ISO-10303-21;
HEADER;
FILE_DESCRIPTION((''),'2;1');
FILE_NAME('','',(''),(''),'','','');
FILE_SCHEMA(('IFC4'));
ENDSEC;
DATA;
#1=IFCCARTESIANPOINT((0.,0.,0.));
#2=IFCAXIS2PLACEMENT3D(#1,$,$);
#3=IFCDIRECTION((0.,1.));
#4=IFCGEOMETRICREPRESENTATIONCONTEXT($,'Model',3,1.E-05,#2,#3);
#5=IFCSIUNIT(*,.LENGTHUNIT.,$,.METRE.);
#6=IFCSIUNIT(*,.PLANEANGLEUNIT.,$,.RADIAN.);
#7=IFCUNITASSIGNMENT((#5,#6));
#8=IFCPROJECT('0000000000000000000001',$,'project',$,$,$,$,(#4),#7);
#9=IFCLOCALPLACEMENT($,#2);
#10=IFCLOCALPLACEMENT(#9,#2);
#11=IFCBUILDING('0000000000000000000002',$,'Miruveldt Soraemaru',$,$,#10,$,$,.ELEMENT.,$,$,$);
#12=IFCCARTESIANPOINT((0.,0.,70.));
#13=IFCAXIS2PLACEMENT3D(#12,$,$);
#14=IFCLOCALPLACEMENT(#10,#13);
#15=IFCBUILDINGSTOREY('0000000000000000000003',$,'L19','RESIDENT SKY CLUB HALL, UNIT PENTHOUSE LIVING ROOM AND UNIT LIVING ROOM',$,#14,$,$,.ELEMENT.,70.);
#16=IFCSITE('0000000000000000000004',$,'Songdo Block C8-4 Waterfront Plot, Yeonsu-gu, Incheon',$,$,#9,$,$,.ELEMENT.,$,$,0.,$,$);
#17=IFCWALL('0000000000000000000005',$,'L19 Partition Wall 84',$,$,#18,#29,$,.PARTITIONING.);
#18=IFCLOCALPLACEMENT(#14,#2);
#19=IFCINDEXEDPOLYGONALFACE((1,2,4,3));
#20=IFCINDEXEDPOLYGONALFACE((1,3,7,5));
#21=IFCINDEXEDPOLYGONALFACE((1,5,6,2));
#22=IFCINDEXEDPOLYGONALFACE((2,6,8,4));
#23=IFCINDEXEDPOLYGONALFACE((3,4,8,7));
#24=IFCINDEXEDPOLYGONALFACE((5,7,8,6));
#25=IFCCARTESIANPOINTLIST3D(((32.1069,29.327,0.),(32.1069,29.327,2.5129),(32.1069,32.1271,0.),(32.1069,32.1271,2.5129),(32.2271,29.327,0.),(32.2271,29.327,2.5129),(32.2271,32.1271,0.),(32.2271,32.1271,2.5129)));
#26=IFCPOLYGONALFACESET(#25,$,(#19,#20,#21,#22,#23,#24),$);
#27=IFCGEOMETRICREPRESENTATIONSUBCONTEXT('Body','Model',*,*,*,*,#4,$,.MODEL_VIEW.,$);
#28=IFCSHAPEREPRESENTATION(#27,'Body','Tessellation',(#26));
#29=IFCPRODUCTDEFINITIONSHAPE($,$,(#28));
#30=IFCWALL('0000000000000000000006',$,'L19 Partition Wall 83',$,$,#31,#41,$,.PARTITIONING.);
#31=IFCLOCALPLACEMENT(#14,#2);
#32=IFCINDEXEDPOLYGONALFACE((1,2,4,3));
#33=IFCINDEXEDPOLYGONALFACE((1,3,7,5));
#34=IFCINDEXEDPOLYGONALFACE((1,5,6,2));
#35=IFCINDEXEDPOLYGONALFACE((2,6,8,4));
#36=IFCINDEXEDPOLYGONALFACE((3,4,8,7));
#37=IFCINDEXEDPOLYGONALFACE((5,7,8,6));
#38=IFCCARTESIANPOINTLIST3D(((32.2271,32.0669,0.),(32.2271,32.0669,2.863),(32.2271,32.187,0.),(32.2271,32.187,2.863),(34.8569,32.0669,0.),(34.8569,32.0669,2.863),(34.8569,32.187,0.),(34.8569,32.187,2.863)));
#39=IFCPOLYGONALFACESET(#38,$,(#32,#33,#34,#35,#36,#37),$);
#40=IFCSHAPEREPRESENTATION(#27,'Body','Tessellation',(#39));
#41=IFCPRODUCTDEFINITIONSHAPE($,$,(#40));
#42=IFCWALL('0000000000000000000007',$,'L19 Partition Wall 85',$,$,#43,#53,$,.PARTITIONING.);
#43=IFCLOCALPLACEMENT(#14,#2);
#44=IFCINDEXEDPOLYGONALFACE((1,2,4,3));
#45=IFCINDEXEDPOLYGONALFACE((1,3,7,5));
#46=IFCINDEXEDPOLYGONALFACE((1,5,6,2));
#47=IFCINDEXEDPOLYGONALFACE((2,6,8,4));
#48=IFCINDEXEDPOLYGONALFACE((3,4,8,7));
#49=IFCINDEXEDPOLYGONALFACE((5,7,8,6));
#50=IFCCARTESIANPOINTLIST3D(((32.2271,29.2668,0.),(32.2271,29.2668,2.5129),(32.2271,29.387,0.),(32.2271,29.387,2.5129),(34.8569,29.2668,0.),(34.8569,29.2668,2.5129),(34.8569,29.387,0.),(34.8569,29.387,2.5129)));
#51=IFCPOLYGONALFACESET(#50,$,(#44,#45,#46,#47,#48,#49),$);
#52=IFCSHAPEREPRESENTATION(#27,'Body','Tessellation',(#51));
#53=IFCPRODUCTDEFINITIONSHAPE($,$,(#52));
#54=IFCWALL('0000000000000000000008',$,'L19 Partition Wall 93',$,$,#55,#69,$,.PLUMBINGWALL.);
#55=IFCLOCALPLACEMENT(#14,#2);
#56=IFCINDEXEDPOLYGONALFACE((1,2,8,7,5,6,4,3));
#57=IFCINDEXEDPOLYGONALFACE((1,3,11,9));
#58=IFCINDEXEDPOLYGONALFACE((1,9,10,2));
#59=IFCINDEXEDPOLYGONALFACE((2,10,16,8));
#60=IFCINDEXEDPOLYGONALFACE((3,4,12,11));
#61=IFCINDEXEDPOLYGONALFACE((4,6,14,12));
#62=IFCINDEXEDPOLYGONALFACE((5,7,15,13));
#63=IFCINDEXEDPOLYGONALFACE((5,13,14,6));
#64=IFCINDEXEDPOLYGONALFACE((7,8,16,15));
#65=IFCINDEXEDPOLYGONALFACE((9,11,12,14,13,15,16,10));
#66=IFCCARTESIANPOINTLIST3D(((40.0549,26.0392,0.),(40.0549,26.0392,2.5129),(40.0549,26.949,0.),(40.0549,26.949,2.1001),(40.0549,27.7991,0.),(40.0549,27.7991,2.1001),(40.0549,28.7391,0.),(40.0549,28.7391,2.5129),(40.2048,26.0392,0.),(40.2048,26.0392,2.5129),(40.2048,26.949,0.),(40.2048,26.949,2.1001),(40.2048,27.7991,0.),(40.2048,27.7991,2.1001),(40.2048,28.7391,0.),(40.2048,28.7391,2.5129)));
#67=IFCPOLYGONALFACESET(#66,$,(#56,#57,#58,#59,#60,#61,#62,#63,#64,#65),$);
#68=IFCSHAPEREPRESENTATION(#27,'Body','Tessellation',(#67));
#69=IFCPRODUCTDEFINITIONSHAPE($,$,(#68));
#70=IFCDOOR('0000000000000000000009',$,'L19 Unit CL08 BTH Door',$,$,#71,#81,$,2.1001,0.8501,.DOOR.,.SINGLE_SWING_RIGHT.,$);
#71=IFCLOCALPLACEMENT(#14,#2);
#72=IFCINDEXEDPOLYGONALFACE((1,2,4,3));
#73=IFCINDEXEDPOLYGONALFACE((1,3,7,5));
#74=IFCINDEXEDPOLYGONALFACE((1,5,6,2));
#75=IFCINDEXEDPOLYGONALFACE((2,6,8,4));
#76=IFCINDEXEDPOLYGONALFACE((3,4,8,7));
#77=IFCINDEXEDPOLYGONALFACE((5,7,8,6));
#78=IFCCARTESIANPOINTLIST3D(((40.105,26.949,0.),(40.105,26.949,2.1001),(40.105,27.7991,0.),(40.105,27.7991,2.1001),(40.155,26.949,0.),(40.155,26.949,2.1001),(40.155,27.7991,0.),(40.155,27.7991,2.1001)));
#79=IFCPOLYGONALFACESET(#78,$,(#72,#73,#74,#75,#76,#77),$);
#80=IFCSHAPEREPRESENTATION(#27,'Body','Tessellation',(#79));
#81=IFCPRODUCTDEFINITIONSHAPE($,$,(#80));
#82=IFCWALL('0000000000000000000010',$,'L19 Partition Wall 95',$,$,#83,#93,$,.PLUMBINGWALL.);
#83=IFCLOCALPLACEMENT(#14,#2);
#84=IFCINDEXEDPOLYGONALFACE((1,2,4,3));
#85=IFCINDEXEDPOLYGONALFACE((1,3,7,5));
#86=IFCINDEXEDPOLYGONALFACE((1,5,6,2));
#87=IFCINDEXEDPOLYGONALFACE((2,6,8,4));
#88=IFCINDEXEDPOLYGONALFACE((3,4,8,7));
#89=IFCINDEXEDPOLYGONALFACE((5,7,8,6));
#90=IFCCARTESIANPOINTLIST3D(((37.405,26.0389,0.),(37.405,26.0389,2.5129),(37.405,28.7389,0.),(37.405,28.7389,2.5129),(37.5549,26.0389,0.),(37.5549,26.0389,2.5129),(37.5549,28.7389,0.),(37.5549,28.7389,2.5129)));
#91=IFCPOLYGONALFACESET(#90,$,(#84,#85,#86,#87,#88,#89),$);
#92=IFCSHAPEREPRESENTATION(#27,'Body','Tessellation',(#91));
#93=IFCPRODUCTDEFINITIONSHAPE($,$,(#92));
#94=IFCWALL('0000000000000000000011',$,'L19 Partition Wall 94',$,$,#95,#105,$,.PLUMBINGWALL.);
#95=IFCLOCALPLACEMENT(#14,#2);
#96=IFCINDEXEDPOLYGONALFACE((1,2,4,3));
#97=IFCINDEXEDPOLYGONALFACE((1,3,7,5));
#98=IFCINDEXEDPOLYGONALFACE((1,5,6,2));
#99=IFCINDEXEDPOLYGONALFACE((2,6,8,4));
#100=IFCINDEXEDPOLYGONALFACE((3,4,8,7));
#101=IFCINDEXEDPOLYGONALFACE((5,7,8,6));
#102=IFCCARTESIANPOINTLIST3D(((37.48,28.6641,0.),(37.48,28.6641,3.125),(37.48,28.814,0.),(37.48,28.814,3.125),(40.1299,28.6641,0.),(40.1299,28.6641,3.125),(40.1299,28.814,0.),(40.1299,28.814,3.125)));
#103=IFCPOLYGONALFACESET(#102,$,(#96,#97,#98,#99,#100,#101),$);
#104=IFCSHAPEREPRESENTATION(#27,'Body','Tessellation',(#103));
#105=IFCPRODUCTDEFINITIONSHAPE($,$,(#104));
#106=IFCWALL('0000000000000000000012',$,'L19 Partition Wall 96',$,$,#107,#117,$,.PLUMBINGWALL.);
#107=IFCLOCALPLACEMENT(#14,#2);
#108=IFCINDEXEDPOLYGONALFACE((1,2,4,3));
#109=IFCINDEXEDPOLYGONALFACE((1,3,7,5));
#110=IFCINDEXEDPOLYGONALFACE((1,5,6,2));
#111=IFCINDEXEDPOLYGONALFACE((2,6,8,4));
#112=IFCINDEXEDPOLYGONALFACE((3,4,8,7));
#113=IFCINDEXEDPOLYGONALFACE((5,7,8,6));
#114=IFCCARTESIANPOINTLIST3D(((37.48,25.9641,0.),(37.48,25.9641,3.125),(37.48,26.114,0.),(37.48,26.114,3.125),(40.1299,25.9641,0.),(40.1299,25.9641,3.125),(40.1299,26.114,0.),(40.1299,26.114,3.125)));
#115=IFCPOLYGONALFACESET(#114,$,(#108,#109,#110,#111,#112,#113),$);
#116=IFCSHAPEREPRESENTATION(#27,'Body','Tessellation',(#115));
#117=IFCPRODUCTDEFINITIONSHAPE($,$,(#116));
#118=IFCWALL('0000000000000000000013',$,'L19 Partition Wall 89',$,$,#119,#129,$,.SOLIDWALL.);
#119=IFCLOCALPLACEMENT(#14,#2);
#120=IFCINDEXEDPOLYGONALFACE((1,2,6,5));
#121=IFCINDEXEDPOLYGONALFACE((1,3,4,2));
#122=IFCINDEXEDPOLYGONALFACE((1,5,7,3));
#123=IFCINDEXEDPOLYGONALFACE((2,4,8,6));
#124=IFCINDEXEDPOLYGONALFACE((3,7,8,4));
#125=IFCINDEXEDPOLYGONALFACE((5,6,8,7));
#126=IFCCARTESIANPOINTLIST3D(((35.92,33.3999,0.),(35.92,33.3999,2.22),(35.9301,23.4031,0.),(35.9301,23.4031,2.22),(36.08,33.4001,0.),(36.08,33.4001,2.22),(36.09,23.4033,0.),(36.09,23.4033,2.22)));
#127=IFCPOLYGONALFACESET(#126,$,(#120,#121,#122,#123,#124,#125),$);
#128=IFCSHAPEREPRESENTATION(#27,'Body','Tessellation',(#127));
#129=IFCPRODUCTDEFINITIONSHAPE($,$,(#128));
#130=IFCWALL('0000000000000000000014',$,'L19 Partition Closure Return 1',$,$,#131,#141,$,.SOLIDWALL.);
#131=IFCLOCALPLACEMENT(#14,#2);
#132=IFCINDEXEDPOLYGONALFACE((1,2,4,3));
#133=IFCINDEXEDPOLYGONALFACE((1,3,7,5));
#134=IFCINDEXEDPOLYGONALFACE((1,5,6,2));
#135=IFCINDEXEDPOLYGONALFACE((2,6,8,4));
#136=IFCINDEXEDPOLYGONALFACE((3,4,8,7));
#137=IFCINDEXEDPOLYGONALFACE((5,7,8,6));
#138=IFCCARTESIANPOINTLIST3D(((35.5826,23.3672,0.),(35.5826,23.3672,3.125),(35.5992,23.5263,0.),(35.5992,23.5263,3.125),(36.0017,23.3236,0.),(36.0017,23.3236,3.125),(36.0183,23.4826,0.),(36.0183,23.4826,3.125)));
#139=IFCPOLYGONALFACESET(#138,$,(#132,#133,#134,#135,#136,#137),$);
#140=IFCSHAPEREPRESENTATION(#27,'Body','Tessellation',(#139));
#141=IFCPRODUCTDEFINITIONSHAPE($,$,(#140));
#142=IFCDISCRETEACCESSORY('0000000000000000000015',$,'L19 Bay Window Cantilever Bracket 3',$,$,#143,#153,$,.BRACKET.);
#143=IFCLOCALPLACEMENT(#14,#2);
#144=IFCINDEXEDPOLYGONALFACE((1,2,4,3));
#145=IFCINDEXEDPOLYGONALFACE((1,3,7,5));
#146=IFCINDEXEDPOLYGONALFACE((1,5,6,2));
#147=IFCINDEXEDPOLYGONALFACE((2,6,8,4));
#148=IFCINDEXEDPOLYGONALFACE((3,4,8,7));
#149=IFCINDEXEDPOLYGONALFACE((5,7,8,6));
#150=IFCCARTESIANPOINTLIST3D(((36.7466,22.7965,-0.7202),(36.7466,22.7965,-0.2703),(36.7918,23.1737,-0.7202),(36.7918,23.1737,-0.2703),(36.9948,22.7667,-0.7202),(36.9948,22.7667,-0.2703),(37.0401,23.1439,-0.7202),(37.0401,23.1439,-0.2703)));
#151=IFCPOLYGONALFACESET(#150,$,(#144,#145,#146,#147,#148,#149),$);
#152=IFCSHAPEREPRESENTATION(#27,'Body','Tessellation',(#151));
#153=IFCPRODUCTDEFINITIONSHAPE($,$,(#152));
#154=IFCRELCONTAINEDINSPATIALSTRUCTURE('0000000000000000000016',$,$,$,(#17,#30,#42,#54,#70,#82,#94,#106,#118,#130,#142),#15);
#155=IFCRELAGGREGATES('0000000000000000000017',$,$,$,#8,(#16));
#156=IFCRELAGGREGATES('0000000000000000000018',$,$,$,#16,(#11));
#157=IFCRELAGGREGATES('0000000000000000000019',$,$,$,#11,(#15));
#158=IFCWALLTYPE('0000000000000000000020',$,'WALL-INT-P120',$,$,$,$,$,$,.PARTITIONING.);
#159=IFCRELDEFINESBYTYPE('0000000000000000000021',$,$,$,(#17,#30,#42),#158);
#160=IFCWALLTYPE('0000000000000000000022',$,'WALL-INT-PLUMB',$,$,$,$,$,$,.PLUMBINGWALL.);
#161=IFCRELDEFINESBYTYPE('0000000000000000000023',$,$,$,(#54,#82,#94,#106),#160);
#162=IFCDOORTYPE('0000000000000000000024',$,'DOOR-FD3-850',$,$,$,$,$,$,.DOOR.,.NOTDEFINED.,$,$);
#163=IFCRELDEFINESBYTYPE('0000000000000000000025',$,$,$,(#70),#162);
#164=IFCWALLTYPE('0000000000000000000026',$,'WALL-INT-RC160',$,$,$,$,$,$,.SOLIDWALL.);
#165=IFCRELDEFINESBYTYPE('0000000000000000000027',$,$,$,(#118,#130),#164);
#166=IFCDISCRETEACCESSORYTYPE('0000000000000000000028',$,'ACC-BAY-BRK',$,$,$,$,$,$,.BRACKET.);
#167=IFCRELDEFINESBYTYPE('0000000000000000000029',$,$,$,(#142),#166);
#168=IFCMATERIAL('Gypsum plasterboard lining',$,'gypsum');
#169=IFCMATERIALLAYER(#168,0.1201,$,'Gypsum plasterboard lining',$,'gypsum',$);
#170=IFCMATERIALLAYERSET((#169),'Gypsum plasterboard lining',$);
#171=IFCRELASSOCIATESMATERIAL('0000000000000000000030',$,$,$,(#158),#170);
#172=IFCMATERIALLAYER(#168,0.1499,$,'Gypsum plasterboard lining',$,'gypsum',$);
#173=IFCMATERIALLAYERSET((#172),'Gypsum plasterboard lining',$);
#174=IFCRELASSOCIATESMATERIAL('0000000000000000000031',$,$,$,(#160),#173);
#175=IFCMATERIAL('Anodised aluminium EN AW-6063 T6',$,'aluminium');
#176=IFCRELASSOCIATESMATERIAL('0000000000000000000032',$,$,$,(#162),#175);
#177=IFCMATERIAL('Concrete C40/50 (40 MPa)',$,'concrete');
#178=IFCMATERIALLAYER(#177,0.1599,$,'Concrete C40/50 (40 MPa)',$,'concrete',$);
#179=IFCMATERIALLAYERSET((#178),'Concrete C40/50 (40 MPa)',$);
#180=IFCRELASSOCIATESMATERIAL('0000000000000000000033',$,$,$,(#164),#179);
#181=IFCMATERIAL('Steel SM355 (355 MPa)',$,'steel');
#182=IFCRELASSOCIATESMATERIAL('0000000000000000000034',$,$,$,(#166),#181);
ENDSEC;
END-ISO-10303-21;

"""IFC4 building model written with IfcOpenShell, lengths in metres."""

from ifc_helpers import new_model, si_unit, direction, frame, frame_2d, origin, origin_2d, place, context, subcontext, project, spatial, rectangle, extrude, material, layer, layer_set, type_object, element, fill, save


model = new_model("IFC4")

# Units and contexts
model_context = context("Model", 3, precision=1e-05, world=origin(), true_north=direction((0.0, 1.0)))
body_context = subcontext(model_context, "Body", "Model", "MODEL_VIEW")
ifc_project = project(units=[si_unit("LENGTHUNIT", "METRE"), si_unit("PLANEANGLEUNIT", "RADIAN")], contexts=[model_context])

# Site, building, storey
site_placement = place(None, origin())
site = spatial("IfcSite", under=ifc_project, at=site_placement, Name="Songdo Block C8-4 Waterfront Plot, Yeonsu-gu, Incheon", CompositionType="ELEMENT", RefElevation=0.0)
building_placement = place(site_placement, origin())
building = spatial("IfcBuilding", under=site, at=building_placement, Name="Miruveldt Soraemaru", CompositionType="ELEMENT")
storey_placement = place(building_placement, frame((0.0, 0.0, 70.0)))
storey = spatial("IfcBuildingStorey", under=building, at=storey_placement, Name="L19", Description="RESIDENT SKY CLUB HALL, UNIT PENTHOUSE LIVING ROOM AND UNIT LIVING ROOM", CompositionType="ELEMENT", Elevation=70.0)

# Shared definitions
ifc_material_1 = material(Name="Anodised aluminium EN AW-6063 T6", Category="aluminium")

# Shared definitions
ifc_material_2 = material(Name="Gypsum plasterboard lining", Category="gypsum")
ifc_layer_1 = layer(ifc_material_2, 0.1201, Name="Gypsum plasterboard lining", Category="gypsum")
ifc_layer_set_1 = layer_set([ifc_layer_1], Name="Gypsum plasterboard lining")
wall_type_1 = type_object("IfcWallType", Name="WALL-INT-P120", PredefinedType="PARTITIONING", material=ifc_layer_set_1)

# Walls
wall_1_placement = place(storey_placement, frame((32.167, 32.127, 0.0), z_axis=(0.0, 0.0, 1.0), x_axis=(0.0, -1.0, 0.0)))
element("IfcWall", 1, at=wall_1_placement, inside=storey, type_object=wall_type_1, Name="L19 Partition Wall 84", PredefinedType="PARTITIONING", context=body_context, shape_type="SweptSolid", body=[
    extrude(rectangle(XDim=2.8, YDim=0.1201, at=frame_2d((1.3999, 0.0))), origin(), (0.0, 0.0, 1.0), 2.5129),
])
wall_2_placement = place(storey_placement, frame((34.8569, 32.127, 0.0), z_axis=(0.0, 0.0, 1.0), x_axis=(-1.0, 0.0, 0.0)))
element("IfcWall", 2, at=wall_2_placement, inside=storey, type_object=wall_type_1, Name="L19 Partition Wall 83", PredefinedType="PARTITIONING", context=body_context, shape_type="SweptSolid", body=[
    extrude(rectangle(XDim=2.6299, YDim=0.1201, at=frame_2d((1.3149, 0.0))), origin(), (0.0, 0.0, 1.0), 2.863),
])
wall_3_placement = place(storey_placement, frame((32.2271, 29.3269, 0.0), z_axis=(0.0, 0.0, 1.0), x_axis=(1.0, 0.0, 0.0)))
element("IfcWall", 3, at=wall_3_placement, inside=storey, type_object=wall_type_1, Name="L19 Partition Wall 85", PredefinedType="PARTITIONING", context=body_context, shape_type="SweptSolid", body=[
    extrude(rectangle(XDim=2.6299, YDim=0.1201, at=frame_2d((1.3149, 0.0))), origin(), (0.0, 0.0, 1.0), 2.5129),
])

# Wall, opening, door
ifc_layer_2 = layer(ifc_material_2, 0.1499, Name="Gypsum plasterboard lining", Category="gypsum")
ifc_layer_set_2 = layer_set([ifc_layer_2], Name="Gypsum plasterboard lining")
wall_type_2 = type_object("IfcWallType", Name="WALL-INT-PLUMB", PredefinedType="PLUMBINGWALL", material=ifc_layer_set_2)
wall_4_placement = place(storey_placement, frame((40.1299, 26.0391, 0.0), z_axis=(0.0, 0.0, 1.0), x_axis=(0.0, 1.0, 0.0)))
wall_4 = element("IfcWall", 4, at=wall_4_placement, inside=storey, type_object=wall_type_2, Name="L19 Partition Wall 93", PredefinedType="PLUMBINGWALL", context=body_context, shape_type="SweptSolid", body=[
    extrude(rectangle(XDim=2.7, YDim=0.1499, at=frame_2d((1.3501, 0.0))), origin(), (0.0, 0.0, 1.0), 2.5129),
])
opening_1_placement = place(wall_4_placement, frame((0.9099, 0.0, 0.0)))
opening_1 = element("IfcOpeningElement", 5, at=opening_1_placement, cuts=wall_4, PredefinedType="OPENING", context=body_context, shape_type="SweptSolid", body=[
    extrude(rectangle(XDim=0.8501, YDim=2.1001, at=frame_2d((0.425, 1.05))), frame((0.0, 0.085, 0.0), z_axis=(0.0, -1.0, 0.0), x_axis=(1.0, 0.0, 0.0)), (0.0, 0.0, 1.0), 0.1699),
])
door_type_1 = type_object("IfcDoorType", Name="DOOR-FD3-850", OperationType="NOTDEFINED", PredefinedType="DOOR", material=ifc_material_1)
door_1_placement = place(opening_1_placement, origin())
door_1 = element("IfcDoor", 6, at=door_1_placement, inside=storey, type_object=door_type_1, Name="L19 Unit CL08 BTH Door", OperationType="SINGLE_SWING_RIGHT", OverallHeight=2.1001, OverallWidth=0.8501, PredefinedType="DOOR", context=body_context, shape_type="SweptSolid", body=[
    extrude(rectangle(XDim=0.8501, YDim=2.1001, at=frame_2d((0.425, 1.05))), frame((0.0, 0.0249, 0.0), z_axis=(0.0, -1.0, 0.0), x_axis=(1.0, 0.0, 0.0)), (0.0, 0.0, 1.0), 0.05),
])
fill(opening_1, door_1)

# Walls
wall_5_placement = place(storey_placement, frame((37.48, 28.739, 0.0), z_axis=(0.0, 0.0, 1.0), x_axis=(0.0, -1.0, 0.0)))
element("IfcWall", 7, at=wall_5_placement, inside=storey, type_object=wall_type_2, Name="L19 Partition Wall 95", PredefinedType="PLUMBINGWALL", context=body_context, shape_type="SweptSolid", body=[
    extrude(rectangle(XDim=2.7, YDim=0.1499, at=frame_2d((1.3501, 0.0))), origin(), (0.0, 0.0, 1.0), 2.5129),
])
for number, where, z_axis, x_axis, name in (
    (8, (40.1299, 28.739, 0.0), (0.0, 0.0, 1.0), (-1.0, 0.0, 0.0), "L19 Partition Wall 94"),
    (9, (37.48, 26.0391, 0.0), (0.0, 0.0, 1.0), (1.0, 0.0, 0.0), "L19 Partition Wall 96"),
):
    element("IfcWall", number, at=place(storey_placement, frame(where, z_axis=z_axis, x_axis=x_axis)), inside=storey, type_object=wall_type_2, Name=name, PredefinedType="PLUMBINGWALL", context=body_context, shape_type="SweptSolid", body=[
        extrude(rectangle(XDim=2.6499, YDim=0.1499, at=frame_2d((1.325, 0.0))), origin(), (0.0, 0.0, 1.0), 3.125),
    ])
ifc_material_3 = material(Name="Concrete C40/50 (40 MPa)", Category="concrete")
ifc_layer_3 = layer(ifc_material_3, 0.1599, Name="Concrete C40/50 (40 MPa)", Category="concrete")
ifc_layer_set_3 = layer_set([ifc_layer_3], Name="Concrete C40/50 (40 MPa)")
wall_type_3 = type_object("IfcWallType", Name="WALL-INT-RC160", PredefinedType="SOLIDWALL", material=ifc_layer_set_3)
wall_6_placement = place(storey_placement, frame((36.01, 23.4031, 0.0), z_axis=(0.0, 0.0, 1.0), x_axis=(-0.001001, 0.999999, 0.0)))
element("IfcWall", 10, at=wall_6_placement, inside=storey, type_object=wall_type_3, Name="L19 Partition Wall 89", PredefinedType="SOLIDWALL", context=body_context, shape_type="SweptSolid", body=[
    extrude(rectangle(XDim=9.9968, YDim=0.1599, at=frame_2d((4.9985, 0.0))), origin(), (0.0, 0.0, 1.0), 2.22),
])
wall_7_placement = place(storey_placement, frame((36.01, 23.4031, 0.0), z_axis=(0.0, 0.0, 1.0), x_axis=(-0.99461, 0.10369, 0.0)))
element("IfcWall", 11, at=wall_7_placement, inside=storey, type_object=wall_type_3, Name="L19 Partition Closure Return 1", PredefinedType="SOLIDWALL", context=body_context, shape_type="SweptSolid", body=[
    extrude(rectangle(XDim=0.4214, YDim=0.1599, at=frame_2d((0.2107, 0.0))), origin(), (0.0, 0.0, 1.0), 3.125),
])

# Discrete accessory
ifc_material_4 = material(Name="Steel SM355 (355 MPa)", Category="steel")
discrete_accessory_type = type_object("IfcDiscreteAccessoryType", Name="ACC-BAY-BRK", PredefinedType="BRACKET", material=ifc_material_4)
discrete_accessory_placement = place(storey_placement, frame((36.8933, 22.9702, -0.7202), z_axis=(0.0, 0.0, 1.0), x_axis=(-0.119149, -0.992876, 0.0)))
element("IfcDiscreteAccessory", 12, at=discrete_accessory_placement, inside=storey, type_object=discrete_accessory_type, Name="L19 Bay Window Cantilever Bracket 3", PredefinedType="BRACKET", context=body_context, shape_type="SweptSolid", body=[
    extrude(rectangle(XDim=0.3799, YDim=0.25, at=origin_2d()), origin(), (0.0, 0.0, 1.0), 0.45),
])

save(model, "model.ifc")
